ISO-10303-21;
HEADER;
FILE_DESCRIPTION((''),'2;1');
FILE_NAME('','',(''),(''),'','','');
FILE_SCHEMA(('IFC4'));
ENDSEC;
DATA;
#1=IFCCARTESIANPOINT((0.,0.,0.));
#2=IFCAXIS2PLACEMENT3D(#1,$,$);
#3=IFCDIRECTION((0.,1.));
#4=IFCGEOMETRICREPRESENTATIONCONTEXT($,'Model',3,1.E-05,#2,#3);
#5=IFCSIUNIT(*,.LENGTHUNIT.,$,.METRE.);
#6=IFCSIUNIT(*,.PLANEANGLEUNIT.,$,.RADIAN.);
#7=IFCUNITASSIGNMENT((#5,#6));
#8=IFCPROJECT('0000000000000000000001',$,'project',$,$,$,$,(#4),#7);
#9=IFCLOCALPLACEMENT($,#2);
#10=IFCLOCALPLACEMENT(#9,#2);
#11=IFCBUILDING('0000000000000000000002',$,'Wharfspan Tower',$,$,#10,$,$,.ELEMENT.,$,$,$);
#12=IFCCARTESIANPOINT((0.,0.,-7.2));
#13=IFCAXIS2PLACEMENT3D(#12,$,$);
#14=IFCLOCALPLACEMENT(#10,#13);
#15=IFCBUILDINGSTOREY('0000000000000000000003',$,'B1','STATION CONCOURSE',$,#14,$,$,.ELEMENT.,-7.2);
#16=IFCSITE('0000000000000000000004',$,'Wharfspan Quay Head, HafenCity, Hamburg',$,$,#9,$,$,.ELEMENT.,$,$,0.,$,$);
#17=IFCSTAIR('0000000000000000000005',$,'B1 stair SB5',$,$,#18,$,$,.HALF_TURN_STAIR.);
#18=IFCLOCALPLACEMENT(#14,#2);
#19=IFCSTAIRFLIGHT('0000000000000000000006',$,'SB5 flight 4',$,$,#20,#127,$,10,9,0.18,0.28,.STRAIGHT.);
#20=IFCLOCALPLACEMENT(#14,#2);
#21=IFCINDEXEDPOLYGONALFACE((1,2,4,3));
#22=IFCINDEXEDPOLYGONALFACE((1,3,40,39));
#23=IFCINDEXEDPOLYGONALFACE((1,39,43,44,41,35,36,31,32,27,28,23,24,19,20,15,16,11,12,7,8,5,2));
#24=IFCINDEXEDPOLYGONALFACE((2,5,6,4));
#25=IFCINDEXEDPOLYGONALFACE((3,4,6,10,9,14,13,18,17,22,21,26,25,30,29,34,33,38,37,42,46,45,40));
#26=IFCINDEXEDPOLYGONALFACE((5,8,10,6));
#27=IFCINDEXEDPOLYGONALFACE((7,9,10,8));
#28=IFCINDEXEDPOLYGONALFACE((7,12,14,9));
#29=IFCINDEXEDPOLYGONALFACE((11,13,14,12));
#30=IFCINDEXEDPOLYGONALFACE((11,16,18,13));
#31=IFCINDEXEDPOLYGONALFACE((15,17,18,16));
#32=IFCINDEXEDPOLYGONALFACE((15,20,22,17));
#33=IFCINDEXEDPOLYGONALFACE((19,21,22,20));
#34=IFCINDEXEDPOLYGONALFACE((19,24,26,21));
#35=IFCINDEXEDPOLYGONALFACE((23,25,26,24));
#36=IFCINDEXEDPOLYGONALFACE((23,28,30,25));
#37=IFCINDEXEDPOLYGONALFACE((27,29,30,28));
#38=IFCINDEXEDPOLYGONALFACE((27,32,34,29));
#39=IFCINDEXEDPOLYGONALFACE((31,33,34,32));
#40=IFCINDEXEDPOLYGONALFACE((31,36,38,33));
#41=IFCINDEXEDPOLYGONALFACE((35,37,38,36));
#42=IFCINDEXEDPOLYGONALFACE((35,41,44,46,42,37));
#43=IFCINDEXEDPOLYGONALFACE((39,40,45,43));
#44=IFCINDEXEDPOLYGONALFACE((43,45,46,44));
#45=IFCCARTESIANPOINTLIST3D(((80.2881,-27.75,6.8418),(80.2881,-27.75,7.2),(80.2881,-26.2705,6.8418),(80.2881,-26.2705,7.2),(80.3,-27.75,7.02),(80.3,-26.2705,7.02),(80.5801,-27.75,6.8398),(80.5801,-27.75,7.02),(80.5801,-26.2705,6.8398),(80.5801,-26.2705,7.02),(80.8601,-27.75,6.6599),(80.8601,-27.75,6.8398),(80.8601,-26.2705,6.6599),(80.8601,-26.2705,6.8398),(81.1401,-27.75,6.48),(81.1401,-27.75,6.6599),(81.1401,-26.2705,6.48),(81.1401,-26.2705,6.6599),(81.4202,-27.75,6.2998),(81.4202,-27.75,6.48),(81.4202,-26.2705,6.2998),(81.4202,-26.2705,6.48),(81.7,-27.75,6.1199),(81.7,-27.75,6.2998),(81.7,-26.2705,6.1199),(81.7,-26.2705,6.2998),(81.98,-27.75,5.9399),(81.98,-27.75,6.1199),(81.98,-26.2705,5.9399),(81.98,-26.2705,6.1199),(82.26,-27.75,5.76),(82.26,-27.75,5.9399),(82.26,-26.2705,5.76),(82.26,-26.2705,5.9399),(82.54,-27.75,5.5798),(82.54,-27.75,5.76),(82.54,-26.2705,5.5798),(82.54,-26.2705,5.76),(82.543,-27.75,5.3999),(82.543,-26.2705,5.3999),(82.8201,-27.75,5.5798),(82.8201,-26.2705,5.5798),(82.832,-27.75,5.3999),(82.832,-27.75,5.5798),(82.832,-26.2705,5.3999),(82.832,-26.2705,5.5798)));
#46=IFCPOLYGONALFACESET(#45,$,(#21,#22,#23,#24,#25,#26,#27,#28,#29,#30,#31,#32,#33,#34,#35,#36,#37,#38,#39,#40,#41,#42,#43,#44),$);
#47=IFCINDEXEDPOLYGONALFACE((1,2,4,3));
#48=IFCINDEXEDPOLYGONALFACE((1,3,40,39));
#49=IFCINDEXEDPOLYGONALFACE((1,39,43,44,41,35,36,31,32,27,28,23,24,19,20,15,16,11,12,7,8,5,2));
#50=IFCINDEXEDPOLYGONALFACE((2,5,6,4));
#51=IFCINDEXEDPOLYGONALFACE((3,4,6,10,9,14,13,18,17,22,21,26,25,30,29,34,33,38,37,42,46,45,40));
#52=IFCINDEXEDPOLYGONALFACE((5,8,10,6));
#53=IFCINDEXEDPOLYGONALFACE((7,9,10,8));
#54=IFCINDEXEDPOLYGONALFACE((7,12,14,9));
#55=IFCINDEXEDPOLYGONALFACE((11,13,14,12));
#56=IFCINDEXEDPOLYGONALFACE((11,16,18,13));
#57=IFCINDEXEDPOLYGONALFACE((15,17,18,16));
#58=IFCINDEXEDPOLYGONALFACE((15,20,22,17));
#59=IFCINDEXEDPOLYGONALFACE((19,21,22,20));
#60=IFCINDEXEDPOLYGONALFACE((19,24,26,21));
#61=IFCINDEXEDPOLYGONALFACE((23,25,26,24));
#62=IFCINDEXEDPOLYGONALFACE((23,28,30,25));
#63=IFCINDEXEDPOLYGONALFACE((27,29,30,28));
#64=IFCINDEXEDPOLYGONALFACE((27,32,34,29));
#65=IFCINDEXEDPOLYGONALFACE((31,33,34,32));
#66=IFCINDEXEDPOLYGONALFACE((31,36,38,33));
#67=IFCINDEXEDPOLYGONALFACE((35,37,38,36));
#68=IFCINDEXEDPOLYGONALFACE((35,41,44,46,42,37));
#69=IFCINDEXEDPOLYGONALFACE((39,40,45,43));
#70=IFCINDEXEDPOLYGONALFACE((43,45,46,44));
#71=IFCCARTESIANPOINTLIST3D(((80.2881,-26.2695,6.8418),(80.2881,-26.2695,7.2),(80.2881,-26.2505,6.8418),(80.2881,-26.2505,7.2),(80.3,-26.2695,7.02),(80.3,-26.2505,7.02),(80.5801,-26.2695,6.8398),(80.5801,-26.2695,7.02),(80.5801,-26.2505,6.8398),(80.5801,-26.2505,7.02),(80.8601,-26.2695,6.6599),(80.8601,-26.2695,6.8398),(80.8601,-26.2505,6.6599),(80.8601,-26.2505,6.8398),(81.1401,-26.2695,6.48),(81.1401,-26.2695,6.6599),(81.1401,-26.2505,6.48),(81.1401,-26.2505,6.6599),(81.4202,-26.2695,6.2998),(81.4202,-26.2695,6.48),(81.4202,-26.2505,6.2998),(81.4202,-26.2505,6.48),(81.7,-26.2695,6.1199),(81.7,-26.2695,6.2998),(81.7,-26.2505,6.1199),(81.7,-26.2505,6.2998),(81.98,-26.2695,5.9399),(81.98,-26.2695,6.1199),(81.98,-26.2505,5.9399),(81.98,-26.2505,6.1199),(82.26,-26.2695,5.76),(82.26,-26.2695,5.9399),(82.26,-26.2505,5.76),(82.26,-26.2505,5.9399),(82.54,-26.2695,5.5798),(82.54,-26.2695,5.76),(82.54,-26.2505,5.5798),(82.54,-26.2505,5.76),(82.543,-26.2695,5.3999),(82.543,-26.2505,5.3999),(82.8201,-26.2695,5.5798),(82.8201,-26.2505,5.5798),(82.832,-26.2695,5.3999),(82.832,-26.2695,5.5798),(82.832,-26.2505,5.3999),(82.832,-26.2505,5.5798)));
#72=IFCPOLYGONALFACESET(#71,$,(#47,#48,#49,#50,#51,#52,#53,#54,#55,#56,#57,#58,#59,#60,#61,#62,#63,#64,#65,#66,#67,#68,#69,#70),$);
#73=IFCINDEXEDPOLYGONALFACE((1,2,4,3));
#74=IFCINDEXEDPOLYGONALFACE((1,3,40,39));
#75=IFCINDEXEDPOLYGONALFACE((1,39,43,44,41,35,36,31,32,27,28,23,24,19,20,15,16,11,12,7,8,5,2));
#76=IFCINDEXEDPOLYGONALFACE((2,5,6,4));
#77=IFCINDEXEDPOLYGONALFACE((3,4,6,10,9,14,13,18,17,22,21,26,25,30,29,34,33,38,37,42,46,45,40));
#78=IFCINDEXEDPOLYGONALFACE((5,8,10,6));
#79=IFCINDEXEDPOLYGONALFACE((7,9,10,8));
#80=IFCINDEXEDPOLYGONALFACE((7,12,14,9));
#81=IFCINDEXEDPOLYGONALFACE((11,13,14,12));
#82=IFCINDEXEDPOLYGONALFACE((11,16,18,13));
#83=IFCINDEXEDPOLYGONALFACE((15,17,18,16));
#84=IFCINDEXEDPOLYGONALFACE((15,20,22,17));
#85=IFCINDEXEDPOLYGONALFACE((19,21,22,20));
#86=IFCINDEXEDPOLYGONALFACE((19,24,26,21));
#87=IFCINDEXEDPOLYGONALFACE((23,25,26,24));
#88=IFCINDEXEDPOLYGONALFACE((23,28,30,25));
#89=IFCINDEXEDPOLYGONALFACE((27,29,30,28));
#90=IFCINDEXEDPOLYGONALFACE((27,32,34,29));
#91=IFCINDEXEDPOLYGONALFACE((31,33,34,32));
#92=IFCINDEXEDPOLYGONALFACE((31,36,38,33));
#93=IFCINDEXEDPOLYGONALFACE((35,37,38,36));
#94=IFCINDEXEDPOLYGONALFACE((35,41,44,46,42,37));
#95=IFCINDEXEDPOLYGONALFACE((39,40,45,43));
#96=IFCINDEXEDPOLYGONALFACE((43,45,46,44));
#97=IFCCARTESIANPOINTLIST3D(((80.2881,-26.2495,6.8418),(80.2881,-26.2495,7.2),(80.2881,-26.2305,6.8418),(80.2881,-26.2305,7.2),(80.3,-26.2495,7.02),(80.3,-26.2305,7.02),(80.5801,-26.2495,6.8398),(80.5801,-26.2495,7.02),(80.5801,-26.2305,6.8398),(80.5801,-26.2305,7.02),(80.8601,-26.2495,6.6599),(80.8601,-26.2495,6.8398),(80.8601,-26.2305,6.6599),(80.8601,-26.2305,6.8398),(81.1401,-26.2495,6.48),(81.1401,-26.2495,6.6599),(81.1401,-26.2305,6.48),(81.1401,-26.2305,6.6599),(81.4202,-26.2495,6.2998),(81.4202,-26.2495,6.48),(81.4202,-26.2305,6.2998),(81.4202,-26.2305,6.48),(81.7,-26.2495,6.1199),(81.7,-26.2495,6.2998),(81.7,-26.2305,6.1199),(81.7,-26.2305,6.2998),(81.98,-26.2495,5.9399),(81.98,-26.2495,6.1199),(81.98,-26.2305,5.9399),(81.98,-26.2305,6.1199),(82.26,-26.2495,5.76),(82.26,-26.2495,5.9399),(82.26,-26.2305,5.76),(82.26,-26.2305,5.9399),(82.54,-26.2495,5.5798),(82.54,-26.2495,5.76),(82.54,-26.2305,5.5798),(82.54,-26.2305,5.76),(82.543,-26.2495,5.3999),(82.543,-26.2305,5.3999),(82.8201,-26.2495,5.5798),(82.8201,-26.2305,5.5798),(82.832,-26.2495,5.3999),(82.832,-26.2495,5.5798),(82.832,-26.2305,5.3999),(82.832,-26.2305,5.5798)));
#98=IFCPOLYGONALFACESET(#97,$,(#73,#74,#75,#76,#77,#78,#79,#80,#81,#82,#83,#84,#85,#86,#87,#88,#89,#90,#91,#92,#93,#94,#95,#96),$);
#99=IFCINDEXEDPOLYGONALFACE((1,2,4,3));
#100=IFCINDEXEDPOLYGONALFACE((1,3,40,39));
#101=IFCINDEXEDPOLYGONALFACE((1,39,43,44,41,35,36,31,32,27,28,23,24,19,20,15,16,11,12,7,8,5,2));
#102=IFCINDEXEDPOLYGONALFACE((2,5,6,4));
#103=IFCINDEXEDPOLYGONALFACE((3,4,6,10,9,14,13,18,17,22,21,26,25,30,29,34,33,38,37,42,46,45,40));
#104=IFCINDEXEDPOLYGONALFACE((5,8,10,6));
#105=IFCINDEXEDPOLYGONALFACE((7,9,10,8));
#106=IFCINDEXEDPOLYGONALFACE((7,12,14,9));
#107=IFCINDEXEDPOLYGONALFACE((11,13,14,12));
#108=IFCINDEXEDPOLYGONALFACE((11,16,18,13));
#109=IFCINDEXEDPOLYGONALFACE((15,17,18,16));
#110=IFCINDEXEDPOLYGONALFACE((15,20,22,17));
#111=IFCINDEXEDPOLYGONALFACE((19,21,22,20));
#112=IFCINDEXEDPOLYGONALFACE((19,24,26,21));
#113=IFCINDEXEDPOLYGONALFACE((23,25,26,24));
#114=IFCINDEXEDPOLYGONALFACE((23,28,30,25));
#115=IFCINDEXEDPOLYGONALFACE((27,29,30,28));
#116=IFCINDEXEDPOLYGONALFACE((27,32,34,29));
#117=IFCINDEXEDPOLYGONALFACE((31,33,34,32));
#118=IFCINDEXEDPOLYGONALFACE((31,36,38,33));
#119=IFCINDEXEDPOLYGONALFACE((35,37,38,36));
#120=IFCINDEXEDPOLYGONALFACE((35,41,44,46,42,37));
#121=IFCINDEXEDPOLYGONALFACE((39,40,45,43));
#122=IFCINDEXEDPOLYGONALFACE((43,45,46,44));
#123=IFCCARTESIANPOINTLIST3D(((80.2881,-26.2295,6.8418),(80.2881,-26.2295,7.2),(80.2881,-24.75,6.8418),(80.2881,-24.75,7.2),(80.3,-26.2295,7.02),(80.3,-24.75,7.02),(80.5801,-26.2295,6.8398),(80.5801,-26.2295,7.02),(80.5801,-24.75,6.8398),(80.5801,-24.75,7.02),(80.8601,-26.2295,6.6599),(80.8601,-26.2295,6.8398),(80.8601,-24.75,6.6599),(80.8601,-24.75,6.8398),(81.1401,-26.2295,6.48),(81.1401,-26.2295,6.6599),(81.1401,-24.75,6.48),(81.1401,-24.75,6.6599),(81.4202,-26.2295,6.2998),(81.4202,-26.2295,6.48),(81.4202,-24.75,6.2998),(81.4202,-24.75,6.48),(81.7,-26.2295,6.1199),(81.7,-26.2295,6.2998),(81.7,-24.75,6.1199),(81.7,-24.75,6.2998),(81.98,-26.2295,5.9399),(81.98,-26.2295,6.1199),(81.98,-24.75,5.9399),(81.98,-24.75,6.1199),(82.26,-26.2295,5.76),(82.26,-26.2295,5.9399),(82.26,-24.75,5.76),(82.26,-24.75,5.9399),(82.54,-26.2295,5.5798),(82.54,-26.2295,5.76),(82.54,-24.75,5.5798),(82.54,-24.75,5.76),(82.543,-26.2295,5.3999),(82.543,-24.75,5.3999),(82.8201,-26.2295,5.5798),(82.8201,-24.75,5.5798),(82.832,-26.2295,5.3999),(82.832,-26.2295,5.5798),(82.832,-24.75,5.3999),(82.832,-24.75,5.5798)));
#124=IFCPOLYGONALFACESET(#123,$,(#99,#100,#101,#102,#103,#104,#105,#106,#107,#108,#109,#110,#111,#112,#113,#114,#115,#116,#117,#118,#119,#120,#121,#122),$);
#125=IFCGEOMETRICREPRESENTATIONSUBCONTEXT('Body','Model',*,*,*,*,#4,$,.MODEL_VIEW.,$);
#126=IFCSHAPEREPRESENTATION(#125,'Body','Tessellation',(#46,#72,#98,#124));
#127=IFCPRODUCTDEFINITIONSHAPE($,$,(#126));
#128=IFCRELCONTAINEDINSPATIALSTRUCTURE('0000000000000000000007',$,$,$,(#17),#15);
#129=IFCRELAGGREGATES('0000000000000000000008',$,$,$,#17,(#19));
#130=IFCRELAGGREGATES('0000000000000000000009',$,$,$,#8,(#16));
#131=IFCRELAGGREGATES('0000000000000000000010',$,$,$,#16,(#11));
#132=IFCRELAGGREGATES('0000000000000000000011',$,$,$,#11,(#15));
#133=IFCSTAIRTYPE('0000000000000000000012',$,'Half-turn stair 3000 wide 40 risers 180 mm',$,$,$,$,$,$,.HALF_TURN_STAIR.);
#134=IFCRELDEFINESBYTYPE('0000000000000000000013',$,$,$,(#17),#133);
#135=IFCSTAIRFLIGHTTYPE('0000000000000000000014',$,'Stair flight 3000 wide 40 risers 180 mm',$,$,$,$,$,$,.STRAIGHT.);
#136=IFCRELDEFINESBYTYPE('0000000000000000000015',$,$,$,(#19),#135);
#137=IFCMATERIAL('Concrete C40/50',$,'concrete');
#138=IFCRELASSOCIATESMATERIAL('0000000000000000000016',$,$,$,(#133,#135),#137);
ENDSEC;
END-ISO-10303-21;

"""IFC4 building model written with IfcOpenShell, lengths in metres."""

from ifc_helpers import new_model, si_unit, direction, frame, origin, place, context, subcontext, project, spatial, polyline, outline, extrude, material, type_object, element, aggregate, save


model = new_model("IFC4")

# Units and contexts
model_context = context("Model", 3, precision=1e-05, world=origin(), true_north=direction((0.0, 1.0)))
body_context = subcontext(model_context, "Body", "Model", "MODEL_VIEW")
ifc_project = project(units=[si_unit("LENGTHUNIT", "METRE"), si_unit("PLANEANGLEUNIT", "RADIAN")], contexts=[model_context])

# Site, building, storey
site_placement = place(None, origin())
site = spatial("IfcSite", under=ifc_project, at=site_placement, Name="Wharfspan Quay Head, HafenCity, Hamburg", CompositionType="ELEMENT", RefElevation=0.0)
building_placement = place(site_placement, origin())
building = spatial("IfcBuilding", under=site, at=building_placement, Name="Wharfspan Tower", CompositionType="ELEMENT")
storey_placement = place(building_placement, frame((0.0, 0.0, -7.2)))
storey = spatial("IfcBuildingStorey", under=building, at=storey_placement, Name="B1", Description="STATION CONCOURSE", CompositionType="ELEMENT", Elevation=-7.2)

# Shared definitions
ifc_material_1 = material(Name="Concrete C40/50", Category="concrete")

# Stair, stair flight
stair_type = type_object("IfcStairType", Name="Half-turn stair 3000 wide 40 risers 180 mm", PredefinedType="HALF_TURN_STAIR", material=ifc_material_1)
stair_placement = place(storey_placement, origin())
stair = element("IfcStair", 1, at=stair_placement, inside=storey, type_object=stair_type, Name="B1 stair SB5", PredefinedType="HALF_TURN_STAIR")
stair_flight_type = type_object("IfcStairFlightType", Name="Stair flight 3000 wide 40 risers 180 mm", PredefinedType="STRAIGHT", material=ifc_material_1)
stair_flight_1_placement = place(storey_placement, frame((82.8201, -26.25, 5.3999), z_axis=(0.0, 0.0, 1.0), x_axis=(-1.0, 0.0, 0.0)))
stair_flight_1 = element("IfcStairFlight", 2, at=stair_flight_1_placement, type_object=stair_flight_type, Name="SB5 flight 4", NumberOfRisers=10, NumberOfTreads=9, PredefinedType="STRAIGHT", RiserHeight=0.18, TreadLength=0.28, context=body_context, shape_type="SweptSolid", body=[
    extrude(outline(polyline([(-0.012, 0.0), (-0.012, 0.1799), (0.0, 0.1799), (0.28, 0.1799), (0.28, 0.3601), (0.5601, 0.3601), (0.5601, 0.54), (0.8401, 0.54), (0.8401, 0.72), (1.1201, 0.72), (1.1201, 0.8999), (1.3999, 0.8999), (1.3999, 1.0801), (1.6799, 1.0801), (1.6799, 1.26), (1.96, 1.26), (1.96, 1.4399), (2.24, 1.4399), (2.24, 1.6201), (2.52, 1.6201), (2.532, 1.8), (2.532, 1.4419), (0.2771, 0.0), (-0.012, 0.0)])), frame((0.0, 1.5, 0.0), z_axis=(0.0, -1.0, 0.0), x_axis=(1.0, 0.0, 0.0)), (0.0, 0.0, 1.0), 1.4795),
    extrude(outline(polyline([(-0.012, 0.0), (-0.012, 0.1799), (0.0, 0.1799), (0.28, 0.1799), (0.28, 0.3601), (0.5601, 0.3601), (0.5601, 0.54), (0.8401, 0.54), (0.8401, 0.72), (1.1201, 0.72), (1.1201, 0.8999), (1.3999, 0.8999), (1.3999, 1.0801), (1.6799, 1.0801), (1.6799, 1.26), (1.96, 1.26), (1.96, 1.4399), (2.24, 1.4399), (2.24, 1.6201), (2.52, 1.6201), (2.532, 1.8), (2.532, 1.4419), (0.2771, 0.0), (-0.012, 0.0)])), frame((0.0, 0.0195, 0.0), z_axis=(0.0, -1.0, 0.0), x_axis=(1.0, 0.0, 0.0)), (0.0, 0.0, 1.0), 0.019),
    extrude(outline(polyline([(-0.012, 0.0), (-0.012, 0.1799), (0.0, 0.1799), (0.28, 0.1799), (0.28, 0.3601), (0.5601, 0.3601), (0.5601, 0.54), (0.8401, 0.54), (0.8401, 0.72), (1.1201, 0.72), (1.1201, 0.8999), (1.3999, 0.8999), (1.3999, 1.0801), (1.6799, 1.0801), (1.6799, 1.26), (1.96, 1.26), (1.96, 1.4399), (2.24, 1.4399), (2.24, 1.6201), (2.52, 1.6201), (2.532, 1.8), (2.532, 1.4419), (0.2771, 0.0), (-0.012, 0.0)])), frame((0.0, -0.0005, 0.0), z_axis=(0.0, -1.0, 0.0), x_axis=(1.0, 0.0, 0.0)), (0.0, 0.0, 1.0), 0.019),
    extrude(outline(polyline([(-0.012, 0.0), (-0.012, 0.1799), (0.0, 0.1799), (0.28, 0.1799), (0.28, 0.3601), (0.5601, 0.3601), (0.5601, 0.54), (0.8401, 0.54), (0.8401, 0.72), (1.1201, 0.72), (1.1201, 0.8999), (1.3999, 0.8999), (1.3999, 1.0801), (1.6799, 1.0801), (1.6799, 1.26), (1.96, 1.26), (1.96, 1.4399), (2.24, 1.4399), (2.24, 1.6201), (2.52, 1.6201), (2.532, 1.8), (2.532, 1.4419), (0.2771, 0.0), (-0.012, 0.0)])), frame((0.0, -0.0205, 0.0), z_axis=(0.0, -1.0, 0.0), x_axis=(1.0, 0.0, 0.0)), (0.0, 0.0, 1.0), 1.4795),
])
aggregate(stair, [stair_flight_1])

save(model, "model.ifc")
